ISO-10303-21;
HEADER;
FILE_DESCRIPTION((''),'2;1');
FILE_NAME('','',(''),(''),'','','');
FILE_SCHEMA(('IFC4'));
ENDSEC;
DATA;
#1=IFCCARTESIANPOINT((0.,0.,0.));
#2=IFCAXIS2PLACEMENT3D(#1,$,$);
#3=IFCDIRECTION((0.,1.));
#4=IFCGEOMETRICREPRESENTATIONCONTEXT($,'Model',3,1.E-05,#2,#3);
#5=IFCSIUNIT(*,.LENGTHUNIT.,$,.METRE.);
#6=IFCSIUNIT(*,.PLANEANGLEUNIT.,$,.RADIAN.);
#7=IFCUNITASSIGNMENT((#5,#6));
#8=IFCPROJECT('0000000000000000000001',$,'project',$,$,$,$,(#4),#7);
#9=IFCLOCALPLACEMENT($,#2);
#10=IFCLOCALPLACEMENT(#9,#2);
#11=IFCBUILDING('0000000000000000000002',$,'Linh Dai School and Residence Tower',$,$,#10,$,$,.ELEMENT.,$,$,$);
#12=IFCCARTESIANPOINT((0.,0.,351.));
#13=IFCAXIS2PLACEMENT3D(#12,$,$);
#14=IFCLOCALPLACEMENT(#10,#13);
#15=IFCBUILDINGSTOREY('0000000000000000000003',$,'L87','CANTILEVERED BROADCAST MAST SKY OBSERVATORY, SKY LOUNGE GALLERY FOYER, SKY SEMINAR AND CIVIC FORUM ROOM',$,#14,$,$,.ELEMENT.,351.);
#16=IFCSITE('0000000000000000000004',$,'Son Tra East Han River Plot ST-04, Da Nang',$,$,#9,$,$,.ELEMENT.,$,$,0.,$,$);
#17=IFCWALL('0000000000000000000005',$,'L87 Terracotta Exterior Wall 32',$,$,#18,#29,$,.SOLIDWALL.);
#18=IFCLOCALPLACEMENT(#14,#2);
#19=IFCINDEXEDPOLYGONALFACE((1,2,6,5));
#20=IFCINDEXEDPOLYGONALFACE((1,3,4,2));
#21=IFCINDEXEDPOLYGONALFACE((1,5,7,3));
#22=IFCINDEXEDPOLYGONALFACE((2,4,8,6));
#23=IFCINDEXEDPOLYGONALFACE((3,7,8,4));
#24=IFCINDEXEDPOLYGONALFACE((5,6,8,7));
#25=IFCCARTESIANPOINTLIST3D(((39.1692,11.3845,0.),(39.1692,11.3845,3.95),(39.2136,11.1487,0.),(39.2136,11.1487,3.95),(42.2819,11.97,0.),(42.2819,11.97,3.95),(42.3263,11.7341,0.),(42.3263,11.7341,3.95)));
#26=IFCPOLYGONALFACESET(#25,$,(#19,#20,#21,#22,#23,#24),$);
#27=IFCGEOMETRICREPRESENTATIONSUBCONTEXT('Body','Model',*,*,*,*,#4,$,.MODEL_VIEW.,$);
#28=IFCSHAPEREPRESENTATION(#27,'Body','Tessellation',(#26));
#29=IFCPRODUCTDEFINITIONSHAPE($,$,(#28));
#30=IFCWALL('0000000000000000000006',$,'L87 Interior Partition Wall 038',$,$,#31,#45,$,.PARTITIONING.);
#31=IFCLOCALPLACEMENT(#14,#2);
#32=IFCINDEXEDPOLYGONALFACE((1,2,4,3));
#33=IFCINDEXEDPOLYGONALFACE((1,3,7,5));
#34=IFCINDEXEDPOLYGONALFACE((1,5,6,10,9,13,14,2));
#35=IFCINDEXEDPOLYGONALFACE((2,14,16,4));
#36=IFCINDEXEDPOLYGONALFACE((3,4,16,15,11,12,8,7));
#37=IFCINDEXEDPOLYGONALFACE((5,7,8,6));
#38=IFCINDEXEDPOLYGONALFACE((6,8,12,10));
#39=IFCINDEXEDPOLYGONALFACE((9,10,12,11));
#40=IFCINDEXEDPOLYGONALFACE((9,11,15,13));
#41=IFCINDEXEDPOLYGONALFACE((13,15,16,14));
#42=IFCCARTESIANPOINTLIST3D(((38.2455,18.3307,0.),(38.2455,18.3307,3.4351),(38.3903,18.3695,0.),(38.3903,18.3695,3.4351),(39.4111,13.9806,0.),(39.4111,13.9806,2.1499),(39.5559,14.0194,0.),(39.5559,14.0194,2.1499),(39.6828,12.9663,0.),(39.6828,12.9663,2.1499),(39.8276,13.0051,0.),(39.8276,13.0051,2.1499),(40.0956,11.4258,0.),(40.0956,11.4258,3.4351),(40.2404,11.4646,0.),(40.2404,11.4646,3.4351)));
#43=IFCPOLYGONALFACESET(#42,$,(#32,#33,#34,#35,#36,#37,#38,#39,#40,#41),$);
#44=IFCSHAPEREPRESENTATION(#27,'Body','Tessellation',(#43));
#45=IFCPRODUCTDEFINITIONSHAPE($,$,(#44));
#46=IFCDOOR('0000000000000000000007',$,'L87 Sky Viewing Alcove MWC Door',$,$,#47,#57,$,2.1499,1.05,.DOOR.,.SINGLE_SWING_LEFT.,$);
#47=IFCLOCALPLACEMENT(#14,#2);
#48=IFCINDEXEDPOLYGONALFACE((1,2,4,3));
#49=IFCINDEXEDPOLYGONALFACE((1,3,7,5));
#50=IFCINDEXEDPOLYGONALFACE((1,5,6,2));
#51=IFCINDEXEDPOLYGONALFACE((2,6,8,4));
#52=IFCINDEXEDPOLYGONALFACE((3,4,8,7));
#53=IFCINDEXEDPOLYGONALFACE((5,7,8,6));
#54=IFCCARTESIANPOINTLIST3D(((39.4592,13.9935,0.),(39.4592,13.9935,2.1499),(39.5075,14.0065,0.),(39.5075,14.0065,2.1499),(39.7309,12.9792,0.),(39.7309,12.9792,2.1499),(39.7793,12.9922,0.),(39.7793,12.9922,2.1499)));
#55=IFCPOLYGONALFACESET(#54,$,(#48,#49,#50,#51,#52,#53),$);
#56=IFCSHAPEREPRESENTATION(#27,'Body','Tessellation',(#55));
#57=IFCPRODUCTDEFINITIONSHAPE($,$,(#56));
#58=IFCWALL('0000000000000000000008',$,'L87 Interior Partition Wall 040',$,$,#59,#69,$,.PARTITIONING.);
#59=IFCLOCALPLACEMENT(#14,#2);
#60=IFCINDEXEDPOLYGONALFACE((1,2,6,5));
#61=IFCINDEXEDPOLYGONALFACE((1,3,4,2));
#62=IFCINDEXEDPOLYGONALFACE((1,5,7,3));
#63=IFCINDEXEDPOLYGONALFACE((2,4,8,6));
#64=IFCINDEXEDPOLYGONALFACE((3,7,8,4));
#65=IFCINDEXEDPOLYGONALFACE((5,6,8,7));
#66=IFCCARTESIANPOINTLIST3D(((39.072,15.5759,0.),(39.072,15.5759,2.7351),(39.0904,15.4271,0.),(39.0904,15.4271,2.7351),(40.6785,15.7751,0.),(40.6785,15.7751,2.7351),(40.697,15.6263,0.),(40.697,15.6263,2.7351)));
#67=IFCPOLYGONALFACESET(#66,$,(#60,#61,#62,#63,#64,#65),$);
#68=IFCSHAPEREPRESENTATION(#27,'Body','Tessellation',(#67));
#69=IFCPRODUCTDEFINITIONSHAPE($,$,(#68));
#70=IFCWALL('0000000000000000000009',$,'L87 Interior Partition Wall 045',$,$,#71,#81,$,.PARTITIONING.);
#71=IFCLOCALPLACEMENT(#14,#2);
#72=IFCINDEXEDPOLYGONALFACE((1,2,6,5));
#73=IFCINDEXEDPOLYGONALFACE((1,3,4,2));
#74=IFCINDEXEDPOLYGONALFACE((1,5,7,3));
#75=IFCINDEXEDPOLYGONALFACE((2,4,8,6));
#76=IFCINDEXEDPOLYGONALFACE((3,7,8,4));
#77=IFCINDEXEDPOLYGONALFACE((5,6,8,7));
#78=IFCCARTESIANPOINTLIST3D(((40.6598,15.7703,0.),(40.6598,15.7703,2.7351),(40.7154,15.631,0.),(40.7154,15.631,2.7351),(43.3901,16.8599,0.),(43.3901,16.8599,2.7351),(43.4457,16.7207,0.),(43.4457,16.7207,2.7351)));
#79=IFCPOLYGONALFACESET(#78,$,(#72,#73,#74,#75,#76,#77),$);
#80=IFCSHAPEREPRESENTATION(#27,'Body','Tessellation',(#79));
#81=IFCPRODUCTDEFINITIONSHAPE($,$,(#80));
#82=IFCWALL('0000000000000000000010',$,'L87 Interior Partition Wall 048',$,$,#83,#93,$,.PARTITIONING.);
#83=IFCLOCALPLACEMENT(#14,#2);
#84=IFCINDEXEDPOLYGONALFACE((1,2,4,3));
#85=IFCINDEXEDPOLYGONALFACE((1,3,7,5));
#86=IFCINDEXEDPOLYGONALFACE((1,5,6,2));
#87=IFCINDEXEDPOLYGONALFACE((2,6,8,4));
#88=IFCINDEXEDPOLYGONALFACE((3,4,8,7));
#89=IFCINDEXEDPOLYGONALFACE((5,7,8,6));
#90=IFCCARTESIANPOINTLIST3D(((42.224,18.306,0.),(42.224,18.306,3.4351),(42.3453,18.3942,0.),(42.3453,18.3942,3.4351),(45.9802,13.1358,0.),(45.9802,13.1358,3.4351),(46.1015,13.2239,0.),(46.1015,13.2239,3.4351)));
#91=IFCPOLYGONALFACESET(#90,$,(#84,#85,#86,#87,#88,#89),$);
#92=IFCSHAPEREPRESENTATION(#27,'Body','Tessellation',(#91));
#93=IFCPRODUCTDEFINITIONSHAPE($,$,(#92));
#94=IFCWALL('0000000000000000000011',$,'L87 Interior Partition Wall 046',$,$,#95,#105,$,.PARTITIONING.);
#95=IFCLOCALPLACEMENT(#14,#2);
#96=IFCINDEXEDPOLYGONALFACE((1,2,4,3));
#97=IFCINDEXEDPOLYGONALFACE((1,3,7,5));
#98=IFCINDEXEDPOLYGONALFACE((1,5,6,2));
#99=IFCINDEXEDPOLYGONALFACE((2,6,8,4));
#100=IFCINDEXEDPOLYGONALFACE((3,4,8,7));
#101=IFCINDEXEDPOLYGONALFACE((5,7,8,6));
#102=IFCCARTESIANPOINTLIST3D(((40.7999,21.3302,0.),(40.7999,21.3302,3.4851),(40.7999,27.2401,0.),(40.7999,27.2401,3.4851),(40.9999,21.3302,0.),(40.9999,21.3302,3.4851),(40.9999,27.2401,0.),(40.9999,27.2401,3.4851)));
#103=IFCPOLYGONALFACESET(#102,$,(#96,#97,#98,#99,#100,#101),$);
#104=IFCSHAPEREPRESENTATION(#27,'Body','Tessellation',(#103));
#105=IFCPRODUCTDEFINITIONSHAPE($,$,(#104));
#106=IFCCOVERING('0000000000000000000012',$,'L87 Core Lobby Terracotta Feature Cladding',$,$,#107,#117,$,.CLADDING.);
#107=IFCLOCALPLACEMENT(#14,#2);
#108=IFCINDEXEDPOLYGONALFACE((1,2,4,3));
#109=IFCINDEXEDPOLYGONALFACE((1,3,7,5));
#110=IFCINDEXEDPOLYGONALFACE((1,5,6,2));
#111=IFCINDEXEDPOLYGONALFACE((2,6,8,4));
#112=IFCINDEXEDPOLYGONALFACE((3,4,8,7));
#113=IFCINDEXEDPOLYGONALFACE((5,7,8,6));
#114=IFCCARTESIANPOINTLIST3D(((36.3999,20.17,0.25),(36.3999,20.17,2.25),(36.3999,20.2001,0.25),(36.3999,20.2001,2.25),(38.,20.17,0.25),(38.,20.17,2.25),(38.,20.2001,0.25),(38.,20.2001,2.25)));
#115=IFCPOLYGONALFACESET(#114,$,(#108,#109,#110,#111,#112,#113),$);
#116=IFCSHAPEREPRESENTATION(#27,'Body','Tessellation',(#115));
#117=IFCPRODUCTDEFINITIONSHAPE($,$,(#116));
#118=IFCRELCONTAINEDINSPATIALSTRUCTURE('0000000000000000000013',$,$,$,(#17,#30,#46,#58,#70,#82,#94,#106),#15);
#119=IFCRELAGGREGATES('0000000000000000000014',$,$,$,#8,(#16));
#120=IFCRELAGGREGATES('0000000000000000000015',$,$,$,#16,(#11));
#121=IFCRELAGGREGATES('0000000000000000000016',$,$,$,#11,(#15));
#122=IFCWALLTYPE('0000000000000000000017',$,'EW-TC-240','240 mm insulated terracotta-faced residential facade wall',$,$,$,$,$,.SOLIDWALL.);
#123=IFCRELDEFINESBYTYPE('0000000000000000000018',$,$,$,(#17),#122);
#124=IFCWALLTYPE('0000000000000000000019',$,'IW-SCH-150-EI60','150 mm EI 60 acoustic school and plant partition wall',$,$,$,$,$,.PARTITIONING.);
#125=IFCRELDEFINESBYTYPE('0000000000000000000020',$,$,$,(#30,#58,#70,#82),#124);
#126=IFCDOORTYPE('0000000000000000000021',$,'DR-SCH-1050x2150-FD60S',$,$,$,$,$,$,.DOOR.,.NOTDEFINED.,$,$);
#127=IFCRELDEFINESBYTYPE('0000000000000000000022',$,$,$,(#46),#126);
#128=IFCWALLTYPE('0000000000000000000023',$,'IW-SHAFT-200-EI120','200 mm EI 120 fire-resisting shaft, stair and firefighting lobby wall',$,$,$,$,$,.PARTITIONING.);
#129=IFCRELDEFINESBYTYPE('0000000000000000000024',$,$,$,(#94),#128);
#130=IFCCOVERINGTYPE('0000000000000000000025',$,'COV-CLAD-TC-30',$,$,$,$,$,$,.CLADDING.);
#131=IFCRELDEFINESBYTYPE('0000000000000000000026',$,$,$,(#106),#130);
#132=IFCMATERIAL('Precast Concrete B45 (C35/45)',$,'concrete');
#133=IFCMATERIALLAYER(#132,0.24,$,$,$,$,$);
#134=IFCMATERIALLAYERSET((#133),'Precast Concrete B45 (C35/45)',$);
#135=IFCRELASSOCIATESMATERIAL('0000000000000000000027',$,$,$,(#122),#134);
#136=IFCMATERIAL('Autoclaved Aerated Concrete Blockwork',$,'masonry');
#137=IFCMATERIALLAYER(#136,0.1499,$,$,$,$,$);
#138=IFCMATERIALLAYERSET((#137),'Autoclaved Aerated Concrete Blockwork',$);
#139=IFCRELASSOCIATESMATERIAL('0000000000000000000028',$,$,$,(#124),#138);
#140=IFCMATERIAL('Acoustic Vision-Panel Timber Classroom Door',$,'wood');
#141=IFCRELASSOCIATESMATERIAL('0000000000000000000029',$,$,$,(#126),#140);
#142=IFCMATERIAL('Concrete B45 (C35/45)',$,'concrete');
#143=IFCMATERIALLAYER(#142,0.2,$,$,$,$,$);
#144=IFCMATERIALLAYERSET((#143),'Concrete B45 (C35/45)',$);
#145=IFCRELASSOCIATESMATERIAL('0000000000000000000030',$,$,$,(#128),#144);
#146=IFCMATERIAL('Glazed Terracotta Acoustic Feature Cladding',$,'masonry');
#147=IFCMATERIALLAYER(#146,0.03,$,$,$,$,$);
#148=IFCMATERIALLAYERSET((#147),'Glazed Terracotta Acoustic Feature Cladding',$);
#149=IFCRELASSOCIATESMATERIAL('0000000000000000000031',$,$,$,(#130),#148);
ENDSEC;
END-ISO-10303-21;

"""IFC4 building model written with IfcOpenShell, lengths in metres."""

from ifc_helpers import new_model, si_unit, direction, frame, frame_2d, origin, origin_2d, place, context, subcontext, project, spatial, rectangle, extrude, source, transform, mapped, material, layer, layer_set, type_object, element, fill, save


model = new_model("IFC4")

# Units and contexts
model_context = context("Model", 3, precision=1e-05, world=origin(), true_north=direction((0.0, 1.0)))
body_context = subcontext(model_context, "Body", "Model", "MODEL_VIEW")
ifc_project = project(units=[si_unit("LENGTHUNIT", "METRE"), si_unit("PLANEANGLEUNIT", "RADIAN")], contexts=[model_context])

# Site, building, storey
site_placement = place(None, origin())
site = spatial("IfcSite", under=ifc_project, at=site_placement, Name="Son Tra East Han River Plot ST-04, Da Nang", CompositionType="ELEMENT", RefElevation=0.0)
building_placement = place(site_placement, origin())
building = spatial("IfcBuilding", under=site, at=building_placement, Name="Linh Dai School and Residence Tower", CompositionType="ELEMENT")
storey_placement = place(building_placement, frame((0.0, 0.0, 351.0)))
storey = spatial("IfcBuildingStorey", under=building, at=storey_placement, Name="L87", Description="CANTILEVERED BROADCAST MAST SKY OBSERVATORY, SKY LOUNGE GALLERY FOYER, SKY SEMINAR AND CIVIC FORUM ROOM", CompositionType="ELEMENT", Elevation=351.0)

# Shared definitions
ifc_material_1 = material(Name="Precast Concrete B45 (C35/45)", Category="concrete")
ifc_layer_1 = layer(ifc_material_1, 0.24)
ifc_layer_set_1 = layer_set([ifc_layer_1], Name="Precast Concrete B45 (C35/45)")
wall_type_1 = type_object("IfcWallType", Name="EW-TC-240", Description="240 mm insulated terracotta-faced residential facade wall", PredefinedType="SOLIDWALL", material=ifc_layer_set_1)

# Wall
wall_1_placement = place(storey_placement, frame((42.304, 11.8521, 0.0), z_axis=(0.0, 0.0, 1.0), x_axis=(-0.982766, -0.184852, 0.0)))
element("IfcWall", 1, at=wall_1_placement, inside=storey, type_object=wall_type_1, Name="L87 Terracotta Exterior Wall 32", PredefinedType="SOLIDWALL", context=body_context, shape_type="SweptSolid", body=[
    extrude(rectangle(XDim=3.1672, YDim=0.24, at=frame_2d((1.5835, 0.0))), origin(), (0.0, 0.0, 1.0), 3.95),
])

# Wall, opening, door
ifc_material_2 = material(Name="Autoclaved Aerated Concrete Blockwork", Category="masonry")
ifc_layer_2 = layer(ifc_material_2, 0.1499)
ifc_layer_set_2 = layer_set([ifc_layer_2], Name="Autoclaved Aerated Concrete Blockwork")
wall_type_2 = type_object("IfcWallType", Name="IW-SCH-150-EI60", Description="150 mm EI 60 acoustic school and plant partition wall", PredefinedType="PARTITIONING", material=ifc_layer_set_2)
wall_2_placement = place(storey_placement, frame((38.3179, 18.3501, 0.0), z_axis=(0.0, 0.0, 1.0), x_axis=(0.258815, -0.965927, 0.0)))
wall_2 = element("IfcWall", 2, at=wall_2_placement, inside=storey, type_object=wall_type_2, Name="L87 Interior Partition Wall 038", PredefinedType="PARTITIONING", context=body_context, shape_type="SweptSolid", body=[
    extrude(rectangle(XDim=7.1484, YDim=0.1499, at=frame_2d((3.5742, 0.0))), origin(), (0.0, 0.0, 1.0), 3.4351),
])
opening_1_placement = place(wall_2_placement, frame((4.5037, 0.0, 0.0)))
opening_1 = element("IfcOpeningElement", 3, at=opening_1_placement, cuts=wall_2, PredefinedType="OPENING", context=body_context, shape_type="SweptSolid", body=[
    extrude(rectangle(XDim=1.05, YDim=2.1499, at=origin_2d()), frame((0.5249, 0.085, 1.075), z_axis=(0.0, -1.0, 0.0), x_axis=(1.0, 0.0, 0.0)), (0.0, 0.0, 1.0), 0.1699),
])
ifc_material_3 = material(Name="Acoustic Vision-Panel Timber Classroom Door", Category="wood")
door_type_1 = type_object("IfcDoorType", Name="DR-SCH-1050x2150-FD60S", OperationType="NOTDEFINED", PredefinedType="DOOR", material=ifc_material_3)
shared_shape_1 = source(origin(), body_context, "Body", "SweptSolid", [
    extrude(rectangle(XDim=1.05, YDim=2.1499, at=origin_2d()), frame((0.5249, 0.0249, 1.075), z_axis=(0.0, -1.0, 0.0), x_axis=(1.0, 0.0, 0.0)), (0.0, 0.0, 1.0), 0.05),
])
door_1_placement = place(opening_1_placement, origin())
door_1 = element("IfcDoor", 4, at=door_1_placement, inside=storey, type_object=door_type_1, Name="L87 Sky Viewing Alcove MWC Door", OperationType="SINGLE_SWING_LEFT", OverallHeight=2.1499, OverallWidth=1.05, PredefinedType="DOOR", context=body_context, shape_type="MappedRepresentation", body=[
    mapped(shared_shape_1, transform((0.0, 0.0, 0.0), x_axis=(1.0, 0.0, 0.0), y_axis=(0.0, 1.0, 0.0), z_axis=(0.0, 0.0, 1.0), scale=1.0)),
])
fill(opening_1, door_1)

# Walls
wall_3_placement = place(storey_placement, frame((39.0811, 15.5015, 0.0), z_axis=(0.0, 0.0, 1.0), x_axis=(0.9924, 0.123051, 0.0)))
element("IfcWall", 5, at=wall_3_placement, inside=storey, type_object=wall_type_2, Name="L87 Interior Partition Wall 040", PredefinedType="PARTITIONING", context=body_context, shape_type="SweptSolid", body=[
    extrude(rectangle(XDim=1.6189, YDim=0.1499, at=frame_2d((0.8096, 0.0))), origin(), (0.0, 0.0, 1.0), 2.7351),
])
wall_4_placement = place(storey_placement, frame((40.6877, 15.7007, 0.0), z_axis=(0.0, 0.0, 1.0), x_axis=(0.928769, 0.37066, 0.0)))
element("IfcWall", 6, at=wall_4_placement, inside=storey, type_object=wall_type_2, Name="L87 Interior Partition Wall 045", PredefinedType="PARTITIONING", context=body_context, shape_type="SweptSolid", body=[
    extrude(rectangle(XDim=2.9397, YDim=0.1499, at=frame_2d((1.4697, 0.0))), origin(), (0.0, 0.0, 1.0), 2.7351),
])
wall_5_placement = place(storey_placement, frame((42.2847, 18.3501, 0.0), z_axis=(0.0, 0.0, 1.0), x_axis=(0.58776, -0.809035, 0.0)))
element("IfcWall", 7, at=wall_5_placement, inside=storey, type_object=wall_type_2, Name="L87 Interior Partition Wall 048", PredefinedType="PARTITIONING", context=body_context, shape_type="SweptSolid", body=[
    extrude(rectangle(XDim=6.3906, YDim=0.1499, at=frame_2d((3.1953, 0.0))), origin(), (0.0, 0.0, 1.0), 3.4351),
])
ifc_material_4 = material(Name="Concrete B45 (C35/45)", Category="concrete")
ifc_layer_3 = layer(ifc_material_4, 0.2)
ifc_layer_set_3 = layer_set([ifc_layer_3], Name="Concrete B45 (C35/45)")
wall_type_3 = type_object("IfcWallType", Name="IW-SHAFT-200-EI120", Description="200 mm EI 120 fire-resisting shaft, stair and firefighting lobby wall", PredefinedType="PARTITIONING", material=ifc_layer_set_3)
wall_6_placement = place(storey_placement, frame((40.8999, 21.3301, 0.0), z_axis=(0.0, 0.0, 1.0), x_axis=(0.0, 1.0, 0.0)))
element("IfcWall", 8, at=wall_6_placement, inside=storey, type_object=wall_type_3, Name="L87 Interior Partition Wall 046", PredefinedType="PARTITIONING", context=body_context, shape_type="SweptSolid", body=[
    extrude(rectangle(XDim=5.9099, YDim=0.2, at=frame_2d((2.9551, 0.0))), origin(), (0.0, 0.0, 1.0), 3.4851),
])

# Covering
ifc_material_5 = material(Name="Glazed Terracotta Acoustic Feature Cladding", Category="masonry")
ifc_layer_4 = layer(ifc_material_5, 0.03)
ifc_layer_set_4 = layer_set([ifc_layer_4], Name="Glazed Terracotta Acoustic Feature Cladding")
covering_type = type_object("IfcCoveringType", Name="COV-CLAD-TC-30", PredefinedType="CLADDING", material=ifc_layer_set_4)
shared_shape_2 = source(origin(), body_context, "Body", "SweptSolid", [
    extrude(rectangle(XDim=1.6001, YDim=0.03, at=origin_2d()), origin(), (0.0, 0.0, 1.0), 2.0),
])
covering_placement = place(storey_placement, frame((37.2, 20.1851, 0.25), z_axis=(0.0, 0.0, 1.0), x_axis=(1.0, 0.0, 0.0)))
element("IfcCovering", 9, at=covering_placement, inside=storey, type_object=covering_type, Name="L87 Core Lobby Terracotta Feature Cladding", PredefinedType="CLADDING", context=body_context, shape_type="MappedRepresentation", body=[
    mapped(shared_shape_2, transform((0.0, 0.0, 0.0), x_axis=(1.0, 0.0, 0.0), y_axis=(0.0, 1.0, 0.0), z_axis=(0.0, 0.0, 1.0), scale=1.0)),
])

save(model, "model.ifc")
